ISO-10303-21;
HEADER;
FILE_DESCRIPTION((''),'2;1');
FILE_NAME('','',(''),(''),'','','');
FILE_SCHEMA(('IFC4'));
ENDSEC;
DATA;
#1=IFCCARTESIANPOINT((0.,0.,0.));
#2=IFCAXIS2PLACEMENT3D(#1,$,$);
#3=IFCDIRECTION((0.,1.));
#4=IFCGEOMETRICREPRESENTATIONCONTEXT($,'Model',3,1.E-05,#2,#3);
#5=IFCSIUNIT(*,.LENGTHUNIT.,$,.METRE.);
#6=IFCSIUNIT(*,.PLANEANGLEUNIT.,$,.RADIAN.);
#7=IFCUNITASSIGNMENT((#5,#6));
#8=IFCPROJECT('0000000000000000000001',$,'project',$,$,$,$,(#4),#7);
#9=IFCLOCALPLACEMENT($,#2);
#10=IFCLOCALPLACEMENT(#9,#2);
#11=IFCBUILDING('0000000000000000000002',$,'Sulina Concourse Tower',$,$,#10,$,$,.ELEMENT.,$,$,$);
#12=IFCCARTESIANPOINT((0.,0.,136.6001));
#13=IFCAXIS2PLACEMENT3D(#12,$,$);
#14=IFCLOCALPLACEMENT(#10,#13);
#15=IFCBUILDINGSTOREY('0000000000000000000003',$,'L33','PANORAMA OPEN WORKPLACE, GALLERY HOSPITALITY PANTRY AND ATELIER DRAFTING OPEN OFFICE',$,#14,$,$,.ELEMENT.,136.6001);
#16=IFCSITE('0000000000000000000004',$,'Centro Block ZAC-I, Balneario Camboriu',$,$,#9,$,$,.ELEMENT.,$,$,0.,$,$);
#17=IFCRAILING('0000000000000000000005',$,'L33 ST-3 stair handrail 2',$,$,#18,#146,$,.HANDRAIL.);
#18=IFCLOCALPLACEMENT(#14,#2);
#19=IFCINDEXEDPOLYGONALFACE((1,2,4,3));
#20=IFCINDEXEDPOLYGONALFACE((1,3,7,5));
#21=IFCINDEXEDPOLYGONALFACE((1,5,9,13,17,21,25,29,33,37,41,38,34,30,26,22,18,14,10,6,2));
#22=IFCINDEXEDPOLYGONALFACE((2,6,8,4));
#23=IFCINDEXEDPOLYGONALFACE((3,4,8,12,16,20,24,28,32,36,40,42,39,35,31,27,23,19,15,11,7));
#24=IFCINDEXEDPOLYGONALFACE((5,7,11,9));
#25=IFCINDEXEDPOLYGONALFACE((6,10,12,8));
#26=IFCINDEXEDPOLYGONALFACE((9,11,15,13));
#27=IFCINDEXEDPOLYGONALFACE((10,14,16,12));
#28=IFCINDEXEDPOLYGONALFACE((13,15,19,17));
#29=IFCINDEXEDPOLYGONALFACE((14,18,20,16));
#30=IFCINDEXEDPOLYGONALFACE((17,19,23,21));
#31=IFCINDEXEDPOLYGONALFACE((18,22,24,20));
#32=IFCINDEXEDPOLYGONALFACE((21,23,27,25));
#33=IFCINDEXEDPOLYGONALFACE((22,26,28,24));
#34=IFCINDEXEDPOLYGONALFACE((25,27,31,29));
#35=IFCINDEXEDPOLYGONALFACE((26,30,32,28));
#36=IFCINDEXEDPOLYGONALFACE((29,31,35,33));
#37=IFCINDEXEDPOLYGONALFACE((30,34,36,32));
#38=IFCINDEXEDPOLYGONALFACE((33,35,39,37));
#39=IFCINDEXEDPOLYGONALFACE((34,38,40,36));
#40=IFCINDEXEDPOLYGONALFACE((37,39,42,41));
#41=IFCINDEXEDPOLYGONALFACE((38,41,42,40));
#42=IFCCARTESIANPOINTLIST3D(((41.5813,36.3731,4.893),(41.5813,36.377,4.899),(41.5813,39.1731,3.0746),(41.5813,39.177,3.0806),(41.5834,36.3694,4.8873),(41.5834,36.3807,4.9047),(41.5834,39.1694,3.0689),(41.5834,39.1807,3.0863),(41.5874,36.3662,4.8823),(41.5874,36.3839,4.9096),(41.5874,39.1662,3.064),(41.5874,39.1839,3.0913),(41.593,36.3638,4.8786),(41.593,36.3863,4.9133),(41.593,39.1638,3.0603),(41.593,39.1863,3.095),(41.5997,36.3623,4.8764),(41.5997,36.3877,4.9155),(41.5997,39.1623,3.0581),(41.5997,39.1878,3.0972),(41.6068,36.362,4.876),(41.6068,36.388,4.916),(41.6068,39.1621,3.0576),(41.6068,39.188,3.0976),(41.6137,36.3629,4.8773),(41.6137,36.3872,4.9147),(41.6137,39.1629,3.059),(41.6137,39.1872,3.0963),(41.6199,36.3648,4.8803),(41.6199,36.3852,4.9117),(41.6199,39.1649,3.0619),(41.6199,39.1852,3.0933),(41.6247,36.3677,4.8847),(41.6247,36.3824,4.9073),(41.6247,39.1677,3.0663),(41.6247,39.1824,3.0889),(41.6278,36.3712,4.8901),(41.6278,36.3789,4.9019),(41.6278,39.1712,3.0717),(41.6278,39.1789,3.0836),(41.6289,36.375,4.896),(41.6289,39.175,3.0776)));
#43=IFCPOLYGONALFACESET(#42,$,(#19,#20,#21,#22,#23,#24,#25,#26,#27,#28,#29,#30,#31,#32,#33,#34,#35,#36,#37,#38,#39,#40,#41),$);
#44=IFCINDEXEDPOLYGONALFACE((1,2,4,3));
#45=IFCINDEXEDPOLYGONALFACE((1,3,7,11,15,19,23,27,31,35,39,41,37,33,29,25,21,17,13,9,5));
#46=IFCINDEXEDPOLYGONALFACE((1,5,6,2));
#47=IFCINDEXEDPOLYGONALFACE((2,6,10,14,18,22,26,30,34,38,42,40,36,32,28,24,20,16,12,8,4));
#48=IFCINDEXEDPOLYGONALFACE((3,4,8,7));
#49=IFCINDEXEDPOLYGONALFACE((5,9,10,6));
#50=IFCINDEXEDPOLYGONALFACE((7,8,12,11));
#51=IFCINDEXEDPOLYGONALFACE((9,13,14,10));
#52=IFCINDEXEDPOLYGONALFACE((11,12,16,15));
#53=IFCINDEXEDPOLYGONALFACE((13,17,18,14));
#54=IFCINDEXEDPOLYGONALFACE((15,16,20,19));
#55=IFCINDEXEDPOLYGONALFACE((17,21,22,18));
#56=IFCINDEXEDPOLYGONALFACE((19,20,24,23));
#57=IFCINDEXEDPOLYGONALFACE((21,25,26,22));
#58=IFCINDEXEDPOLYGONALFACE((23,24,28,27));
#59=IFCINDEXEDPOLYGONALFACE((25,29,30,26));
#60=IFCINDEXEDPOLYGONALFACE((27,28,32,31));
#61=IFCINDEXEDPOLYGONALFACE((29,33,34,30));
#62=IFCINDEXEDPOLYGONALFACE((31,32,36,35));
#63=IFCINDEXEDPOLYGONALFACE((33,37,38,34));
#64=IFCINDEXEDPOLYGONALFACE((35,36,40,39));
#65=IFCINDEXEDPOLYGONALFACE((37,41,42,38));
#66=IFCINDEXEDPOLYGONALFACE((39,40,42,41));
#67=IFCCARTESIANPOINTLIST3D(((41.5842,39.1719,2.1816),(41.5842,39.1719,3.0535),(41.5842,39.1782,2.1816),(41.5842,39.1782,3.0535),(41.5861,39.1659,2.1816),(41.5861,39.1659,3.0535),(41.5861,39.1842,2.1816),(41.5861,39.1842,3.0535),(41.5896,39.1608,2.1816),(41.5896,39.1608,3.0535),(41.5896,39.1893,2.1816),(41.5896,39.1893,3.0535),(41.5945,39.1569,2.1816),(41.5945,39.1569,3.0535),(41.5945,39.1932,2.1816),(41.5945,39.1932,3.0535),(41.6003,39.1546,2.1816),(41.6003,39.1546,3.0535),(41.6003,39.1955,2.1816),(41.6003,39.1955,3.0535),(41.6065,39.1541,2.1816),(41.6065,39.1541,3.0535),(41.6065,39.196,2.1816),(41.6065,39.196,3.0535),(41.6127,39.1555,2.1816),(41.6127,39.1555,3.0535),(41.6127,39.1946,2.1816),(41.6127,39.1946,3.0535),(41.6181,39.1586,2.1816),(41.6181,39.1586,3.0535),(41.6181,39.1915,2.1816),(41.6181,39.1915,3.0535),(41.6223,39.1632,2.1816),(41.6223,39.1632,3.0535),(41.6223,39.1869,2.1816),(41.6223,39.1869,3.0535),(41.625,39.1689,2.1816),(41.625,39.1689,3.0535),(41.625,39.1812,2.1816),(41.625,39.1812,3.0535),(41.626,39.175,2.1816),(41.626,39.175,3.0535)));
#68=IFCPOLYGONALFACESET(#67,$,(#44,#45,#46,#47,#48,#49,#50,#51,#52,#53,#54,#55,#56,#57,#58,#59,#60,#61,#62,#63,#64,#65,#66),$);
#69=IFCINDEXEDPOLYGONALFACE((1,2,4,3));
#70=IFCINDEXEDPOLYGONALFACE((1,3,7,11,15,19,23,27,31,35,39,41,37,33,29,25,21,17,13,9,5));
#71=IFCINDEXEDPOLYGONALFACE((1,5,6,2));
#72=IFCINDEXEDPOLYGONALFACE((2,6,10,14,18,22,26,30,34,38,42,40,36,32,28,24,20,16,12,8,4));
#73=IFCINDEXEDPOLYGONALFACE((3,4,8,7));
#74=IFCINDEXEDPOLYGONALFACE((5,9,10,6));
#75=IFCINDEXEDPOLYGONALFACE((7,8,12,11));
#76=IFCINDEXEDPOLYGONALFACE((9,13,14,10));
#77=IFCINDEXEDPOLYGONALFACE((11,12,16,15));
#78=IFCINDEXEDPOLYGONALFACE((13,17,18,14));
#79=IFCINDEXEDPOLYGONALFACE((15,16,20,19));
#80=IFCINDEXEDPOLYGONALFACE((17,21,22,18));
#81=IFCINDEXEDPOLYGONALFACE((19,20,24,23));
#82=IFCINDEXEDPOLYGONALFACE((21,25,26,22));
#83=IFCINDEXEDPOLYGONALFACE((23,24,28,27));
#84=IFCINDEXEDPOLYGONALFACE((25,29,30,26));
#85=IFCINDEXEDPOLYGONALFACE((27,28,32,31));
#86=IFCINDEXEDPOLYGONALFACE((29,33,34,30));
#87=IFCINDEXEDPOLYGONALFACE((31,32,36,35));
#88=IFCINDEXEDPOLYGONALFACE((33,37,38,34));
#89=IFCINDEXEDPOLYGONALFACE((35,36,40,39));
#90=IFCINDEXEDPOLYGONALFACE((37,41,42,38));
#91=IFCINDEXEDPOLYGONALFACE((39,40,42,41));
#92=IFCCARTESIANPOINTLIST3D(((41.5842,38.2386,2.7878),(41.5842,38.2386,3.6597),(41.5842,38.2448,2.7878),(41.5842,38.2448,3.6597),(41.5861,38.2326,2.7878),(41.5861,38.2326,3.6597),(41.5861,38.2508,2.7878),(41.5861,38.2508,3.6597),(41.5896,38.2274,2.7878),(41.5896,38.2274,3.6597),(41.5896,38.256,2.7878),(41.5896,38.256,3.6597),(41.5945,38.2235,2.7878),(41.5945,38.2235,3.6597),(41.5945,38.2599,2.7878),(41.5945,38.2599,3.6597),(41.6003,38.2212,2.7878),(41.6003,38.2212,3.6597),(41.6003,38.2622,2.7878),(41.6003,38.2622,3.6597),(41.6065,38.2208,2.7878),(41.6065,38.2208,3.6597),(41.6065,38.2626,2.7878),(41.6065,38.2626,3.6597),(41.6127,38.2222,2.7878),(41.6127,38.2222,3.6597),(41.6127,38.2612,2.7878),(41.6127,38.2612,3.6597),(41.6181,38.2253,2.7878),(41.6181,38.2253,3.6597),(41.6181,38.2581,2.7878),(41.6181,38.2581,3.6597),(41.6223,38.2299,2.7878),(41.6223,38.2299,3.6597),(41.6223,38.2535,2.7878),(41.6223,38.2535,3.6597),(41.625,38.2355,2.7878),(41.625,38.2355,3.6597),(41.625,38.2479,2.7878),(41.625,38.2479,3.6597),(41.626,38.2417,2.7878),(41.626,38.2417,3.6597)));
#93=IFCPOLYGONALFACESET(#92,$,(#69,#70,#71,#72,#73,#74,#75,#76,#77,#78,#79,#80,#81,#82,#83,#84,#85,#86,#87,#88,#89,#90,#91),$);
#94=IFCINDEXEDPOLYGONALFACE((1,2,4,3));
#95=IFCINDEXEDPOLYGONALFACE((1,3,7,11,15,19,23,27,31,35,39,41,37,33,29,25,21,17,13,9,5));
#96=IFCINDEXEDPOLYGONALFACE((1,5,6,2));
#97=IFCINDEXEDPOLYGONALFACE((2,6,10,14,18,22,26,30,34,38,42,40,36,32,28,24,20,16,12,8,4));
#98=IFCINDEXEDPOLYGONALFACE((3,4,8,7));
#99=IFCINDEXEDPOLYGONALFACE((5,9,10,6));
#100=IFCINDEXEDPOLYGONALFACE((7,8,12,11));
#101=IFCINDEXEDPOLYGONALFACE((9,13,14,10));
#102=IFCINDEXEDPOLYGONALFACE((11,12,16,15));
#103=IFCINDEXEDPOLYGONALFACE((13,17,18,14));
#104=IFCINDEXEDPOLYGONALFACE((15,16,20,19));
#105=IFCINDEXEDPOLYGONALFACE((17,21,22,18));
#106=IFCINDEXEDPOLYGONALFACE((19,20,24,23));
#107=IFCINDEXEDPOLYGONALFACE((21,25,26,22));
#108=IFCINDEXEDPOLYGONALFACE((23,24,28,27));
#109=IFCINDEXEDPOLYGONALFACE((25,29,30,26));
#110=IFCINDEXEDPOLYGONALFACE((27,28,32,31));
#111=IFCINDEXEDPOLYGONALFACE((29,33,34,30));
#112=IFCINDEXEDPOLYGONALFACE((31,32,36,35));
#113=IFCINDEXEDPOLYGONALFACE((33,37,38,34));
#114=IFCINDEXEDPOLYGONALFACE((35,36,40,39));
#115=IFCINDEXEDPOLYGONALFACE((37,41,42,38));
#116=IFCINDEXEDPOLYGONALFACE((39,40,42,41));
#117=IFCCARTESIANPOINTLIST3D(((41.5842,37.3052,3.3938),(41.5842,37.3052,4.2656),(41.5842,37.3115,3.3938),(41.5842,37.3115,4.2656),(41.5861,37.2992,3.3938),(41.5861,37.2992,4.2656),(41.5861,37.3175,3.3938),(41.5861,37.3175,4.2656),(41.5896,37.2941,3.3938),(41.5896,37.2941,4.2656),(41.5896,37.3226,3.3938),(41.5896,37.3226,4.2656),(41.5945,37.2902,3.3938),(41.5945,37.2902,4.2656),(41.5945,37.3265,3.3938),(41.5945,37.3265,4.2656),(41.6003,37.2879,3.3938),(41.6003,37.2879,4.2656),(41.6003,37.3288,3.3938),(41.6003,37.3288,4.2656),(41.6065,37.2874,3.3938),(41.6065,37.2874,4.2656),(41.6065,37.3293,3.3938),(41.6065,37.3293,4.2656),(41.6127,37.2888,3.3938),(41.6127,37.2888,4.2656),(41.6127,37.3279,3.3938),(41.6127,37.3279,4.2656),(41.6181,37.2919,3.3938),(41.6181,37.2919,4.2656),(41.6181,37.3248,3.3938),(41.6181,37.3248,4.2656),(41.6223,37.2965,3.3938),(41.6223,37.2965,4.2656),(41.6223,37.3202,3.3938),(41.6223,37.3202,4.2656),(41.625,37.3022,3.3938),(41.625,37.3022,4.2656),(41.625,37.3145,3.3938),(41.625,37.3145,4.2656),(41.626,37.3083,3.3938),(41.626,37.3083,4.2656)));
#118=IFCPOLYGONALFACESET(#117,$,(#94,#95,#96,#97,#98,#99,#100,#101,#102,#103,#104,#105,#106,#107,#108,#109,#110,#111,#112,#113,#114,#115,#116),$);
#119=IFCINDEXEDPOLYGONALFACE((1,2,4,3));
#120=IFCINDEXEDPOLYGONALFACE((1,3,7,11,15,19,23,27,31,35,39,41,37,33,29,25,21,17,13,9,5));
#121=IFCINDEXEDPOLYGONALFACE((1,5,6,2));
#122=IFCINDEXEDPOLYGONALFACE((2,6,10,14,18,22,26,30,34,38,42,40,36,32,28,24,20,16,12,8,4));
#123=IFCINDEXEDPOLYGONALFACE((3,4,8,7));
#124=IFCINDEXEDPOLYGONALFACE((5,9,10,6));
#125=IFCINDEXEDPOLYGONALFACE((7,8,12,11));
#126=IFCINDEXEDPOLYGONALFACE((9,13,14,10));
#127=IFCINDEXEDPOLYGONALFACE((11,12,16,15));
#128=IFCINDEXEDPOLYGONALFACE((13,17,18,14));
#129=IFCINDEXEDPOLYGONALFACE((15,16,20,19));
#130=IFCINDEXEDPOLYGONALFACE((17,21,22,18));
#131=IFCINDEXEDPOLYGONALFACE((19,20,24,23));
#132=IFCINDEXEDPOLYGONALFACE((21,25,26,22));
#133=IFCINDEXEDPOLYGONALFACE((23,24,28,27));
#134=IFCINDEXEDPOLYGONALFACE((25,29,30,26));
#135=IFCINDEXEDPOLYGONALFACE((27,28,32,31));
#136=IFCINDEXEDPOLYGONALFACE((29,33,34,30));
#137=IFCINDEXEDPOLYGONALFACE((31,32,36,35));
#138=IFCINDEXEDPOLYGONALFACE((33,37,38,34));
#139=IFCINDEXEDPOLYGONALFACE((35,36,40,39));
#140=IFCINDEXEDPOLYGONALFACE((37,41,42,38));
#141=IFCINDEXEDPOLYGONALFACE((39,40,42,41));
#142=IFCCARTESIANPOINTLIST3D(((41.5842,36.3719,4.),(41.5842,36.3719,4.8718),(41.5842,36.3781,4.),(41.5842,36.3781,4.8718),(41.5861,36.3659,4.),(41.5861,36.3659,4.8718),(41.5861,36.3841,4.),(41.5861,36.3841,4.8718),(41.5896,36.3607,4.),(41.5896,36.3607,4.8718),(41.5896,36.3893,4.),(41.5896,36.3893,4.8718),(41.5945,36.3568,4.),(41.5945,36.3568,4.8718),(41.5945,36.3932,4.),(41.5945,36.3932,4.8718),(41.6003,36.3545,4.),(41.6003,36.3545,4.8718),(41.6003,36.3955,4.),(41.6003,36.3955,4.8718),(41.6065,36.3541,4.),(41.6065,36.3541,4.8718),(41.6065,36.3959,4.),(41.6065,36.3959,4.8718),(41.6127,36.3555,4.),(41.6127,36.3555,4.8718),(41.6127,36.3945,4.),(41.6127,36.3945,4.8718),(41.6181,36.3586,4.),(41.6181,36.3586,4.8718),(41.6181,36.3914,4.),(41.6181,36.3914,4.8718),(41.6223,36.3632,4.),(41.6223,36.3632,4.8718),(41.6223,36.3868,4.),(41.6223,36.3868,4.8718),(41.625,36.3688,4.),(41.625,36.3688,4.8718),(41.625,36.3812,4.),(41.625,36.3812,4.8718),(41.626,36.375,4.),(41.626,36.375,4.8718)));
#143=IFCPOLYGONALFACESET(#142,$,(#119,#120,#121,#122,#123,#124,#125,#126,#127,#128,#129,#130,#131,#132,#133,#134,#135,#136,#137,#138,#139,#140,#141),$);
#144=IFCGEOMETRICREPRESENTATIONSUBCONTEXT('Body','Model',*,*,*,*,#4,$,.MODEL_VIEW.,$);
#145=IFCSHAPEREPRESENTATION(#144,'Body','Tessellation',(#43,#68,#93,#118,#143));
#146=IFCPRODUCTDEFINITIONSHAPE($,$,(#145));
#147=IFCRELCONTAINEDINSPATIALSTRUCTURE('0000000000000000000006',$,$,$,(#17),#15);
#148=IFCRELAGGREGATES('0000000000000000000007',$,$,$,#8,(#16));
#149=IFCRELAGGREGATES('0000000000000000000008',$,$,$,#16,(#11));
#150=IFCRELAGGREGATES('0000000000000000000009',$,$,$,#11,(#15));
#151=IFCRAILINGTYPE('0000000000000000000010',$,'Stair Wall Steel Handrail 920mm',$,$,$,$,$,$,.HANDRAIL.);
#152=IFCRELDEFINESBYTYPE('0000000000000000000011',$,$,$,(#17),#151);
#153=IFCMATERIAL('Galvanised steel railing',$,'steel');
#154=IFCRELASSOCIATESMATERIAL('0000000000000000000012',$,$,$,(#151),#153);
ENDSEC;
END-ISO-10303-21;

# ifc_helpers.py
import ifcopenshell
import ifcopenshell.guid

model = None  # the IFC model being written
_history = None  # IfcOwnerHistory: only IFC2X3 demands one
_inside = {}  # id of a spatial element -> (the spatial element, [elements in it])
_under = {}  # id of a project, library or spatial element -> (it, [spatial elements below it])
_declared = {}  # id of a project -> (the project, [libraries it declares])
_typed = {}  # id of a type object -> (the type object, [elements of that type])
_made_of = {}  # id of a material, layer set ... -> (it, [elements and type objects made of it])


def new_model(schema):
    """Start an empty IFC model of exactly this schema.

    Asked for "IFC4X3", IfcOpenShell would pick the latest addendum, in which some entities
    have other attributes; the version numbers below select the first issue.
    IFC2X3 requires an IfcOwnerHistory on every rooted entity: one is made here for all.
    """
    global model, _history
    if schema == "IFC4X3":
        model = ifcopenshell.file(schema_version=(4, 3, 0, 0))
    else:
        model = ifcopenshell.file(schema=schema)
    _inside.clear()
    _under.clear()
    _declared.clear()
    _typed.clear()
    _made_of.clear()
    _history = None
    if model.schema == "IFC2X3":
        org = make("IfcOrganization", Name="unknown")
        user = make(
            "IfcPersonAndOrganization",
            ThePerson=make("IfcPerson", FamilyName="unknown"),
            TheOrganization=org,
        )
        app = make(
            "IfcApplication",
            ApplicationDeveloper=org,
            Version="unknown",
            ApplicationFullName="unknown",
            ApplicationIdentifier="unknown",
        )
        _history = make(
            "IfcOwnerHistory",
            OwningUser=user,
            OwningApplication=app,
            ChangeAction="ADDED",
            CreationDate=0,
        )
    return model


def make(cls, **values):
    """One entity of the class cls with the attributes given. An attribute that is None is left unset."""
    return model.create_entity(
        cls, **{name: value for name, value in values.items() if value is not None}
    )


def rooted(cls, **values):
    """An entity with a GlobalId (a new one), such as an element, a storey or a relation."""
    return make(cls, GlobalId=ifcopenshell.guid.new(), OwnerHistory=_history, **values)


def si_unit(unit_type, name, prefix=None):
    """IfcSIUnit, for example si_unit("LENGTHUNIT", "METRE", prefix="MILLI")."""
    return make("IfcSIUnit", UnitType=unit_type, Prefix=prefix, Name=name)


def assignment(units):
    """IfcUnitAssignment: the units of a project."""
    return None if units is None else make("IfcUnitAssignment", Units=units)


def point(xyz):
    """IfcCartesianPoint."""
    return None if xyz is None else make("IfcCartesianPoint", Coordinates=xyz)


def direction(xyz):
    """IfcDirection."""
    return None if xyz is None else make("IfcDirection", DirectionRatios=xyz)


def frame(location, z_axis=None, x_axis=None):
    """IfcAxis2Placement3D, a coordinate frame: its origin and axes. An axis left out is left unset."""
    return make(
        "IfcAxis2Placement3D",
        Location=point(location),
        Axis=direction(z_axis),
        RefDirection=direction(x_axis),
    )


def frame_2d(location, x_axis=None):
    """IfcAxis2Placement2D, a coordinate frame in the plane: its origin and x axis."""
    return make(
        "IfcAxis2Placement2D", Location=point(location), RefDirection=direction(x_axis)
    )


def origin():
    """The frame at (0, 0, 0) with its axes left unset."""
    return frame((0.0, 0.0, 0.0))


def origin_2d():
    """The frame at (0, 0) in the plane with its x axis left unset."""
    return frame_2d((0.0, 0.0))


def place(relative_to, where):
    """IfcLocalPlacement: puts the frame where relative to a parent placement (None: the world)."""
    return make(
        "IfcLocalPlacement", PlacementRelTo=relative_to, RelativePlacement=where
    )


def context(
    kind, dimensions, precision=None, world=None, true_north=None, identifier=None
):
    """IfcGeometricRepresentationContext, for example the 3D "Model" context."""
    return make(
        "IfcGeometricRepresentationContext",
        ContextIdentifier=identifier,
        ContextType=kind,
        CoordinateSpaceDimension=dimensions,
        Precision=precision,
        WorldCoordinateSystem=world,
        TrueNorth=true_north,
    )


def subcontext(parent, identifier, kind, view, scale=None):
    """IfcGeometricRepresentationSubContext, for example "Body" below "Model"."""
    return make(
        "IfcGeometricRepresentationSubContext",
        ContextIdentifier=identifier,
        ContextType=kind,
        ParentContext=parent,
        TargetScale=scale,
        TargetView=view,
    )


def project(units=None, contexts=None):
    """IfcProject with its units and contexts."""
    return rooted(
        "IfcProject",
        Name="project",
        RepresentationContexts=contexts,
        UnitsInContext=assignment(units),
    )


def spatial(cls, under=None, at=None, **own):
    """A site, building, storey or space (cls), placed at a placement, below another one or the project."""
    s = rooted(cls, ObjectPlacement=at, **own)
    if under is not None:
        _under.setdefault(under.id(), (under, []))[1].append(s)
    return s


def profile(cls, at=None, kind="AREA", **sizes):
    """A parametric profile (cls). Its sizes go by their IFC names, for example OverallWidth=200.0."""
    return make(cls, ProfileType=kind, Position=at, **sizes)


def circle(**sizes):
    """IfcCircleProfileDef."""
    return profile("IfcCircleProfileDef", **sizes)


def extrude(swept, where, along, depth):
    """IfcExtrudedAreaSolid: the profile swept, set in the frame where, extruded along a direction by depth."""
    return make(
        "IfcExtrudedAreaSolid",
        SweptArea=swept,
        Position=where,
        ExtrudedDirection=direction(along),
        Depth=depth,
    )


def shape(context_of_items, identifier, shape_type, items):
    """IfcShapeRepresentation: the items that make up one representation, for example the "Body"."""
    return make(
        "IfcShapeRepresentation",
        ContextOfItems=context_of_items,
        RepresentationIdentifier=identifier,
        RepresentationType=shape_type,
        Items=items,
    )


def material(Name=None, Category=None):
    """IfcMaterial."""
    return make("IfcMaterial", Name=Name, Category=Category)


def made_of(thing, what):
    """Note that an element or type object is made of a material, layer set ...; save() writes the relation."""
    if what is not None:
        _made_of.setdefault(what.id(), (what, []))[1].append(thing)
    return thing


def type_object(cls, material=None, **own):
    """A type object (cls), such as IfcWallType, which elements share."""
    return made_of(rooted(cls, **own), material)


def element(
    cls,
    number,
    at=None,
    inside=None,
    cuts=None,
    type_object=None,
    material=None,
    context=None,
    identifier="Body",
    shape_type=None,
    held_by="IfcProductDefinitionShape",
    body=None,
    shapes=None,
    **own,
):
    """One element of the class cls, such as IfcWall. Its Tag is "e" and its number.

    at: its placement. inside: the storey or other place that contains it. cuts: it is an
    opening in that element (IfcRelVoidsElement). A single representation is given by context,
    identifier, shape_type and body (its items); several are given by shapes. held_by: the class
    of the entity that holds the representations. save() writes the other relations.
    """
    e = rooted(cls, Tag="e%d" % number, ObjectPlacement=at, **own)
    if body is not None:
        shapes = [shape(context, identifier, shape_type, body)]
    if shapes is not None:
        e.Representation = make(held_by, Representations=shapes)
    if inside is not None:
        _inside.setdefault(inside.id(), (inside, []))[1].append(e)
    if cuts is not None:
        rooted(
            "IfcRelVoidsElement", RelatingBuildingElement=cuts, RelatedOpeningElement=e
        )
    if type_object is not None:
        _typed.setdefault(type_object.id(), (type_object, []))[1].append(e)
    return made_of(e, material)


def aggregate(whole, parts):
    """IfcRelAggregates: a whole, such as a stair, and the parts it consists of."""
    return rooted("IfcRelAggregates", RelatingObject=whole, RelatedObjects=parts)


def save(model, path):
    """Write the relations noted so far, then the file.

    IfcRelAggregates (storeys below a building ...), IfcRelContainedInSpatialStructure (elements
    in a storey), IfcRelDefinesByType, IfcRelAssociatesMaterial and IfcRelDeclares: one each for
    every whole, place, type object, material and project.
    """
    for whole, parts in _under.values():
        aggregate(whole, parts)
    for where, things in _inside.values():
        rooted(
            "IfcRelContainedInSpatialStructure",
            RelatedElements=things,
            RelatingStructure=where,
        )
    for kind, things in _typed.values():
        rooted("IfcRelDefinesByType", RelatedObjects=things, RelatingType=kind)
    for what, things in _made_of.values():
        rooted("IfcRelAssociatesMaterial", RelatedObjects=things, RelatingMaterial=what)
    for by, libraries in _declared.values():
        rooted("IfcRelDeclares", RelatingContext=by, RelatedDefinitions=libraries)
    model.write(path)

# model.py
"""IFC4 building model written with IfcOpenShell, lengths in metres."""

from ifc_helpers import new_model, si_unit, direction, frame, origin, origin_2d, place, context, subcontext, project, spatial, circle, extrude, material, type_object, element, save


model = new_model("IFC4")

# Units and contexts
model_context = context("Model", 3, precision=1e-05, world=origin(), true_north=direction((0.0, 1.0)))
body_context = subcontext(model_context, "Body", "Model", "MODEL_VIEW")
ifc_project = project(units=[si_unit("LENGTHUNIT", "METRE"), si_unit("PLANEANGLEUNIT", "RADIAN")], contexts=[model_context])

# Site, building, storey
site_placement = place(None, origin())
site = spatial("IfcSite", under=ifc_project, at=site_placement, Name="Centro Block ZAC-I, Balneario Camboriu", CompositionType="ELEMENT", RefElevation=0.0)
building_placement = place(site_placement, origin())
building = spatial("IfcBuilding", under=site, at=building_placement, Name="Sulina Concourse Tower", CompositionType="ELEMENT")
storey_placement = place(building_placement, frame((0.0, 0.0, 136.6001)))
storey = spatial("IfcBuildingStorey", under=building, at=storey_placement, Name="L33", Description="PANORAMA OPEN WORKPLACE, GALLERY HOSPITALITY PANTRY AND ATELIER DRAFTING OPEN OFFICE", CompositionType="ELEMENT", Elevation=136.6001)

# Railing
ifc_material_1 = material(Name="Galvanised steel railing", Category="steel")
railing_type_1 = type_object("IfcRailingType", Name="Stair Wall Steel Handrail 920mm", PredefinedType="HANDRAIL", material=ifc_material_1)
railing_1_placement = place(storey_placement, frame((41.605, 39.175, 2.1816)))
element("IfcRailing", 1, at=railing_1_placement, inside=storey, type_object=railing_type_1, Name="L33 ST-3 stair handrail 2", PredefinedType="HANDRAIL", context=body_context, shape_type="SweptSolid", body=[
    extrude(circle(Radius=0.0239, at=origin_2d()), frame((0.0, 0.0, 0.896), z_axis=(0.0, -0.838672, 0.544636), x_axis=(1.0, 0.0, 0.0)), (0.0, 0.0, 1.0), 3.3386),
    extrude(circle(Radius=0.021, at=origin_2d()), origin(), (0.0, 0.0, 1.0), 0.8718),
    extrude(circle(Radius=0.021, at=origin_2d()), frame((0.0, -0.9333, 0.6062)), (0.0, 0.0, 1.0), 0.8718),
    extrude(circle(Radius=0.021, at=origin_2d()), frame((0.0, -1.8667, 1.2122)), (0.0, 0.0, 1.0), 0.8718),
    extrude(circle(Radius=0.021, at=origin_2d()), frame((0.0, -2.8, 1.8184)), (0.0, 0.0, 1.0), 0.8718),
])

save(model, "model.ifc")
